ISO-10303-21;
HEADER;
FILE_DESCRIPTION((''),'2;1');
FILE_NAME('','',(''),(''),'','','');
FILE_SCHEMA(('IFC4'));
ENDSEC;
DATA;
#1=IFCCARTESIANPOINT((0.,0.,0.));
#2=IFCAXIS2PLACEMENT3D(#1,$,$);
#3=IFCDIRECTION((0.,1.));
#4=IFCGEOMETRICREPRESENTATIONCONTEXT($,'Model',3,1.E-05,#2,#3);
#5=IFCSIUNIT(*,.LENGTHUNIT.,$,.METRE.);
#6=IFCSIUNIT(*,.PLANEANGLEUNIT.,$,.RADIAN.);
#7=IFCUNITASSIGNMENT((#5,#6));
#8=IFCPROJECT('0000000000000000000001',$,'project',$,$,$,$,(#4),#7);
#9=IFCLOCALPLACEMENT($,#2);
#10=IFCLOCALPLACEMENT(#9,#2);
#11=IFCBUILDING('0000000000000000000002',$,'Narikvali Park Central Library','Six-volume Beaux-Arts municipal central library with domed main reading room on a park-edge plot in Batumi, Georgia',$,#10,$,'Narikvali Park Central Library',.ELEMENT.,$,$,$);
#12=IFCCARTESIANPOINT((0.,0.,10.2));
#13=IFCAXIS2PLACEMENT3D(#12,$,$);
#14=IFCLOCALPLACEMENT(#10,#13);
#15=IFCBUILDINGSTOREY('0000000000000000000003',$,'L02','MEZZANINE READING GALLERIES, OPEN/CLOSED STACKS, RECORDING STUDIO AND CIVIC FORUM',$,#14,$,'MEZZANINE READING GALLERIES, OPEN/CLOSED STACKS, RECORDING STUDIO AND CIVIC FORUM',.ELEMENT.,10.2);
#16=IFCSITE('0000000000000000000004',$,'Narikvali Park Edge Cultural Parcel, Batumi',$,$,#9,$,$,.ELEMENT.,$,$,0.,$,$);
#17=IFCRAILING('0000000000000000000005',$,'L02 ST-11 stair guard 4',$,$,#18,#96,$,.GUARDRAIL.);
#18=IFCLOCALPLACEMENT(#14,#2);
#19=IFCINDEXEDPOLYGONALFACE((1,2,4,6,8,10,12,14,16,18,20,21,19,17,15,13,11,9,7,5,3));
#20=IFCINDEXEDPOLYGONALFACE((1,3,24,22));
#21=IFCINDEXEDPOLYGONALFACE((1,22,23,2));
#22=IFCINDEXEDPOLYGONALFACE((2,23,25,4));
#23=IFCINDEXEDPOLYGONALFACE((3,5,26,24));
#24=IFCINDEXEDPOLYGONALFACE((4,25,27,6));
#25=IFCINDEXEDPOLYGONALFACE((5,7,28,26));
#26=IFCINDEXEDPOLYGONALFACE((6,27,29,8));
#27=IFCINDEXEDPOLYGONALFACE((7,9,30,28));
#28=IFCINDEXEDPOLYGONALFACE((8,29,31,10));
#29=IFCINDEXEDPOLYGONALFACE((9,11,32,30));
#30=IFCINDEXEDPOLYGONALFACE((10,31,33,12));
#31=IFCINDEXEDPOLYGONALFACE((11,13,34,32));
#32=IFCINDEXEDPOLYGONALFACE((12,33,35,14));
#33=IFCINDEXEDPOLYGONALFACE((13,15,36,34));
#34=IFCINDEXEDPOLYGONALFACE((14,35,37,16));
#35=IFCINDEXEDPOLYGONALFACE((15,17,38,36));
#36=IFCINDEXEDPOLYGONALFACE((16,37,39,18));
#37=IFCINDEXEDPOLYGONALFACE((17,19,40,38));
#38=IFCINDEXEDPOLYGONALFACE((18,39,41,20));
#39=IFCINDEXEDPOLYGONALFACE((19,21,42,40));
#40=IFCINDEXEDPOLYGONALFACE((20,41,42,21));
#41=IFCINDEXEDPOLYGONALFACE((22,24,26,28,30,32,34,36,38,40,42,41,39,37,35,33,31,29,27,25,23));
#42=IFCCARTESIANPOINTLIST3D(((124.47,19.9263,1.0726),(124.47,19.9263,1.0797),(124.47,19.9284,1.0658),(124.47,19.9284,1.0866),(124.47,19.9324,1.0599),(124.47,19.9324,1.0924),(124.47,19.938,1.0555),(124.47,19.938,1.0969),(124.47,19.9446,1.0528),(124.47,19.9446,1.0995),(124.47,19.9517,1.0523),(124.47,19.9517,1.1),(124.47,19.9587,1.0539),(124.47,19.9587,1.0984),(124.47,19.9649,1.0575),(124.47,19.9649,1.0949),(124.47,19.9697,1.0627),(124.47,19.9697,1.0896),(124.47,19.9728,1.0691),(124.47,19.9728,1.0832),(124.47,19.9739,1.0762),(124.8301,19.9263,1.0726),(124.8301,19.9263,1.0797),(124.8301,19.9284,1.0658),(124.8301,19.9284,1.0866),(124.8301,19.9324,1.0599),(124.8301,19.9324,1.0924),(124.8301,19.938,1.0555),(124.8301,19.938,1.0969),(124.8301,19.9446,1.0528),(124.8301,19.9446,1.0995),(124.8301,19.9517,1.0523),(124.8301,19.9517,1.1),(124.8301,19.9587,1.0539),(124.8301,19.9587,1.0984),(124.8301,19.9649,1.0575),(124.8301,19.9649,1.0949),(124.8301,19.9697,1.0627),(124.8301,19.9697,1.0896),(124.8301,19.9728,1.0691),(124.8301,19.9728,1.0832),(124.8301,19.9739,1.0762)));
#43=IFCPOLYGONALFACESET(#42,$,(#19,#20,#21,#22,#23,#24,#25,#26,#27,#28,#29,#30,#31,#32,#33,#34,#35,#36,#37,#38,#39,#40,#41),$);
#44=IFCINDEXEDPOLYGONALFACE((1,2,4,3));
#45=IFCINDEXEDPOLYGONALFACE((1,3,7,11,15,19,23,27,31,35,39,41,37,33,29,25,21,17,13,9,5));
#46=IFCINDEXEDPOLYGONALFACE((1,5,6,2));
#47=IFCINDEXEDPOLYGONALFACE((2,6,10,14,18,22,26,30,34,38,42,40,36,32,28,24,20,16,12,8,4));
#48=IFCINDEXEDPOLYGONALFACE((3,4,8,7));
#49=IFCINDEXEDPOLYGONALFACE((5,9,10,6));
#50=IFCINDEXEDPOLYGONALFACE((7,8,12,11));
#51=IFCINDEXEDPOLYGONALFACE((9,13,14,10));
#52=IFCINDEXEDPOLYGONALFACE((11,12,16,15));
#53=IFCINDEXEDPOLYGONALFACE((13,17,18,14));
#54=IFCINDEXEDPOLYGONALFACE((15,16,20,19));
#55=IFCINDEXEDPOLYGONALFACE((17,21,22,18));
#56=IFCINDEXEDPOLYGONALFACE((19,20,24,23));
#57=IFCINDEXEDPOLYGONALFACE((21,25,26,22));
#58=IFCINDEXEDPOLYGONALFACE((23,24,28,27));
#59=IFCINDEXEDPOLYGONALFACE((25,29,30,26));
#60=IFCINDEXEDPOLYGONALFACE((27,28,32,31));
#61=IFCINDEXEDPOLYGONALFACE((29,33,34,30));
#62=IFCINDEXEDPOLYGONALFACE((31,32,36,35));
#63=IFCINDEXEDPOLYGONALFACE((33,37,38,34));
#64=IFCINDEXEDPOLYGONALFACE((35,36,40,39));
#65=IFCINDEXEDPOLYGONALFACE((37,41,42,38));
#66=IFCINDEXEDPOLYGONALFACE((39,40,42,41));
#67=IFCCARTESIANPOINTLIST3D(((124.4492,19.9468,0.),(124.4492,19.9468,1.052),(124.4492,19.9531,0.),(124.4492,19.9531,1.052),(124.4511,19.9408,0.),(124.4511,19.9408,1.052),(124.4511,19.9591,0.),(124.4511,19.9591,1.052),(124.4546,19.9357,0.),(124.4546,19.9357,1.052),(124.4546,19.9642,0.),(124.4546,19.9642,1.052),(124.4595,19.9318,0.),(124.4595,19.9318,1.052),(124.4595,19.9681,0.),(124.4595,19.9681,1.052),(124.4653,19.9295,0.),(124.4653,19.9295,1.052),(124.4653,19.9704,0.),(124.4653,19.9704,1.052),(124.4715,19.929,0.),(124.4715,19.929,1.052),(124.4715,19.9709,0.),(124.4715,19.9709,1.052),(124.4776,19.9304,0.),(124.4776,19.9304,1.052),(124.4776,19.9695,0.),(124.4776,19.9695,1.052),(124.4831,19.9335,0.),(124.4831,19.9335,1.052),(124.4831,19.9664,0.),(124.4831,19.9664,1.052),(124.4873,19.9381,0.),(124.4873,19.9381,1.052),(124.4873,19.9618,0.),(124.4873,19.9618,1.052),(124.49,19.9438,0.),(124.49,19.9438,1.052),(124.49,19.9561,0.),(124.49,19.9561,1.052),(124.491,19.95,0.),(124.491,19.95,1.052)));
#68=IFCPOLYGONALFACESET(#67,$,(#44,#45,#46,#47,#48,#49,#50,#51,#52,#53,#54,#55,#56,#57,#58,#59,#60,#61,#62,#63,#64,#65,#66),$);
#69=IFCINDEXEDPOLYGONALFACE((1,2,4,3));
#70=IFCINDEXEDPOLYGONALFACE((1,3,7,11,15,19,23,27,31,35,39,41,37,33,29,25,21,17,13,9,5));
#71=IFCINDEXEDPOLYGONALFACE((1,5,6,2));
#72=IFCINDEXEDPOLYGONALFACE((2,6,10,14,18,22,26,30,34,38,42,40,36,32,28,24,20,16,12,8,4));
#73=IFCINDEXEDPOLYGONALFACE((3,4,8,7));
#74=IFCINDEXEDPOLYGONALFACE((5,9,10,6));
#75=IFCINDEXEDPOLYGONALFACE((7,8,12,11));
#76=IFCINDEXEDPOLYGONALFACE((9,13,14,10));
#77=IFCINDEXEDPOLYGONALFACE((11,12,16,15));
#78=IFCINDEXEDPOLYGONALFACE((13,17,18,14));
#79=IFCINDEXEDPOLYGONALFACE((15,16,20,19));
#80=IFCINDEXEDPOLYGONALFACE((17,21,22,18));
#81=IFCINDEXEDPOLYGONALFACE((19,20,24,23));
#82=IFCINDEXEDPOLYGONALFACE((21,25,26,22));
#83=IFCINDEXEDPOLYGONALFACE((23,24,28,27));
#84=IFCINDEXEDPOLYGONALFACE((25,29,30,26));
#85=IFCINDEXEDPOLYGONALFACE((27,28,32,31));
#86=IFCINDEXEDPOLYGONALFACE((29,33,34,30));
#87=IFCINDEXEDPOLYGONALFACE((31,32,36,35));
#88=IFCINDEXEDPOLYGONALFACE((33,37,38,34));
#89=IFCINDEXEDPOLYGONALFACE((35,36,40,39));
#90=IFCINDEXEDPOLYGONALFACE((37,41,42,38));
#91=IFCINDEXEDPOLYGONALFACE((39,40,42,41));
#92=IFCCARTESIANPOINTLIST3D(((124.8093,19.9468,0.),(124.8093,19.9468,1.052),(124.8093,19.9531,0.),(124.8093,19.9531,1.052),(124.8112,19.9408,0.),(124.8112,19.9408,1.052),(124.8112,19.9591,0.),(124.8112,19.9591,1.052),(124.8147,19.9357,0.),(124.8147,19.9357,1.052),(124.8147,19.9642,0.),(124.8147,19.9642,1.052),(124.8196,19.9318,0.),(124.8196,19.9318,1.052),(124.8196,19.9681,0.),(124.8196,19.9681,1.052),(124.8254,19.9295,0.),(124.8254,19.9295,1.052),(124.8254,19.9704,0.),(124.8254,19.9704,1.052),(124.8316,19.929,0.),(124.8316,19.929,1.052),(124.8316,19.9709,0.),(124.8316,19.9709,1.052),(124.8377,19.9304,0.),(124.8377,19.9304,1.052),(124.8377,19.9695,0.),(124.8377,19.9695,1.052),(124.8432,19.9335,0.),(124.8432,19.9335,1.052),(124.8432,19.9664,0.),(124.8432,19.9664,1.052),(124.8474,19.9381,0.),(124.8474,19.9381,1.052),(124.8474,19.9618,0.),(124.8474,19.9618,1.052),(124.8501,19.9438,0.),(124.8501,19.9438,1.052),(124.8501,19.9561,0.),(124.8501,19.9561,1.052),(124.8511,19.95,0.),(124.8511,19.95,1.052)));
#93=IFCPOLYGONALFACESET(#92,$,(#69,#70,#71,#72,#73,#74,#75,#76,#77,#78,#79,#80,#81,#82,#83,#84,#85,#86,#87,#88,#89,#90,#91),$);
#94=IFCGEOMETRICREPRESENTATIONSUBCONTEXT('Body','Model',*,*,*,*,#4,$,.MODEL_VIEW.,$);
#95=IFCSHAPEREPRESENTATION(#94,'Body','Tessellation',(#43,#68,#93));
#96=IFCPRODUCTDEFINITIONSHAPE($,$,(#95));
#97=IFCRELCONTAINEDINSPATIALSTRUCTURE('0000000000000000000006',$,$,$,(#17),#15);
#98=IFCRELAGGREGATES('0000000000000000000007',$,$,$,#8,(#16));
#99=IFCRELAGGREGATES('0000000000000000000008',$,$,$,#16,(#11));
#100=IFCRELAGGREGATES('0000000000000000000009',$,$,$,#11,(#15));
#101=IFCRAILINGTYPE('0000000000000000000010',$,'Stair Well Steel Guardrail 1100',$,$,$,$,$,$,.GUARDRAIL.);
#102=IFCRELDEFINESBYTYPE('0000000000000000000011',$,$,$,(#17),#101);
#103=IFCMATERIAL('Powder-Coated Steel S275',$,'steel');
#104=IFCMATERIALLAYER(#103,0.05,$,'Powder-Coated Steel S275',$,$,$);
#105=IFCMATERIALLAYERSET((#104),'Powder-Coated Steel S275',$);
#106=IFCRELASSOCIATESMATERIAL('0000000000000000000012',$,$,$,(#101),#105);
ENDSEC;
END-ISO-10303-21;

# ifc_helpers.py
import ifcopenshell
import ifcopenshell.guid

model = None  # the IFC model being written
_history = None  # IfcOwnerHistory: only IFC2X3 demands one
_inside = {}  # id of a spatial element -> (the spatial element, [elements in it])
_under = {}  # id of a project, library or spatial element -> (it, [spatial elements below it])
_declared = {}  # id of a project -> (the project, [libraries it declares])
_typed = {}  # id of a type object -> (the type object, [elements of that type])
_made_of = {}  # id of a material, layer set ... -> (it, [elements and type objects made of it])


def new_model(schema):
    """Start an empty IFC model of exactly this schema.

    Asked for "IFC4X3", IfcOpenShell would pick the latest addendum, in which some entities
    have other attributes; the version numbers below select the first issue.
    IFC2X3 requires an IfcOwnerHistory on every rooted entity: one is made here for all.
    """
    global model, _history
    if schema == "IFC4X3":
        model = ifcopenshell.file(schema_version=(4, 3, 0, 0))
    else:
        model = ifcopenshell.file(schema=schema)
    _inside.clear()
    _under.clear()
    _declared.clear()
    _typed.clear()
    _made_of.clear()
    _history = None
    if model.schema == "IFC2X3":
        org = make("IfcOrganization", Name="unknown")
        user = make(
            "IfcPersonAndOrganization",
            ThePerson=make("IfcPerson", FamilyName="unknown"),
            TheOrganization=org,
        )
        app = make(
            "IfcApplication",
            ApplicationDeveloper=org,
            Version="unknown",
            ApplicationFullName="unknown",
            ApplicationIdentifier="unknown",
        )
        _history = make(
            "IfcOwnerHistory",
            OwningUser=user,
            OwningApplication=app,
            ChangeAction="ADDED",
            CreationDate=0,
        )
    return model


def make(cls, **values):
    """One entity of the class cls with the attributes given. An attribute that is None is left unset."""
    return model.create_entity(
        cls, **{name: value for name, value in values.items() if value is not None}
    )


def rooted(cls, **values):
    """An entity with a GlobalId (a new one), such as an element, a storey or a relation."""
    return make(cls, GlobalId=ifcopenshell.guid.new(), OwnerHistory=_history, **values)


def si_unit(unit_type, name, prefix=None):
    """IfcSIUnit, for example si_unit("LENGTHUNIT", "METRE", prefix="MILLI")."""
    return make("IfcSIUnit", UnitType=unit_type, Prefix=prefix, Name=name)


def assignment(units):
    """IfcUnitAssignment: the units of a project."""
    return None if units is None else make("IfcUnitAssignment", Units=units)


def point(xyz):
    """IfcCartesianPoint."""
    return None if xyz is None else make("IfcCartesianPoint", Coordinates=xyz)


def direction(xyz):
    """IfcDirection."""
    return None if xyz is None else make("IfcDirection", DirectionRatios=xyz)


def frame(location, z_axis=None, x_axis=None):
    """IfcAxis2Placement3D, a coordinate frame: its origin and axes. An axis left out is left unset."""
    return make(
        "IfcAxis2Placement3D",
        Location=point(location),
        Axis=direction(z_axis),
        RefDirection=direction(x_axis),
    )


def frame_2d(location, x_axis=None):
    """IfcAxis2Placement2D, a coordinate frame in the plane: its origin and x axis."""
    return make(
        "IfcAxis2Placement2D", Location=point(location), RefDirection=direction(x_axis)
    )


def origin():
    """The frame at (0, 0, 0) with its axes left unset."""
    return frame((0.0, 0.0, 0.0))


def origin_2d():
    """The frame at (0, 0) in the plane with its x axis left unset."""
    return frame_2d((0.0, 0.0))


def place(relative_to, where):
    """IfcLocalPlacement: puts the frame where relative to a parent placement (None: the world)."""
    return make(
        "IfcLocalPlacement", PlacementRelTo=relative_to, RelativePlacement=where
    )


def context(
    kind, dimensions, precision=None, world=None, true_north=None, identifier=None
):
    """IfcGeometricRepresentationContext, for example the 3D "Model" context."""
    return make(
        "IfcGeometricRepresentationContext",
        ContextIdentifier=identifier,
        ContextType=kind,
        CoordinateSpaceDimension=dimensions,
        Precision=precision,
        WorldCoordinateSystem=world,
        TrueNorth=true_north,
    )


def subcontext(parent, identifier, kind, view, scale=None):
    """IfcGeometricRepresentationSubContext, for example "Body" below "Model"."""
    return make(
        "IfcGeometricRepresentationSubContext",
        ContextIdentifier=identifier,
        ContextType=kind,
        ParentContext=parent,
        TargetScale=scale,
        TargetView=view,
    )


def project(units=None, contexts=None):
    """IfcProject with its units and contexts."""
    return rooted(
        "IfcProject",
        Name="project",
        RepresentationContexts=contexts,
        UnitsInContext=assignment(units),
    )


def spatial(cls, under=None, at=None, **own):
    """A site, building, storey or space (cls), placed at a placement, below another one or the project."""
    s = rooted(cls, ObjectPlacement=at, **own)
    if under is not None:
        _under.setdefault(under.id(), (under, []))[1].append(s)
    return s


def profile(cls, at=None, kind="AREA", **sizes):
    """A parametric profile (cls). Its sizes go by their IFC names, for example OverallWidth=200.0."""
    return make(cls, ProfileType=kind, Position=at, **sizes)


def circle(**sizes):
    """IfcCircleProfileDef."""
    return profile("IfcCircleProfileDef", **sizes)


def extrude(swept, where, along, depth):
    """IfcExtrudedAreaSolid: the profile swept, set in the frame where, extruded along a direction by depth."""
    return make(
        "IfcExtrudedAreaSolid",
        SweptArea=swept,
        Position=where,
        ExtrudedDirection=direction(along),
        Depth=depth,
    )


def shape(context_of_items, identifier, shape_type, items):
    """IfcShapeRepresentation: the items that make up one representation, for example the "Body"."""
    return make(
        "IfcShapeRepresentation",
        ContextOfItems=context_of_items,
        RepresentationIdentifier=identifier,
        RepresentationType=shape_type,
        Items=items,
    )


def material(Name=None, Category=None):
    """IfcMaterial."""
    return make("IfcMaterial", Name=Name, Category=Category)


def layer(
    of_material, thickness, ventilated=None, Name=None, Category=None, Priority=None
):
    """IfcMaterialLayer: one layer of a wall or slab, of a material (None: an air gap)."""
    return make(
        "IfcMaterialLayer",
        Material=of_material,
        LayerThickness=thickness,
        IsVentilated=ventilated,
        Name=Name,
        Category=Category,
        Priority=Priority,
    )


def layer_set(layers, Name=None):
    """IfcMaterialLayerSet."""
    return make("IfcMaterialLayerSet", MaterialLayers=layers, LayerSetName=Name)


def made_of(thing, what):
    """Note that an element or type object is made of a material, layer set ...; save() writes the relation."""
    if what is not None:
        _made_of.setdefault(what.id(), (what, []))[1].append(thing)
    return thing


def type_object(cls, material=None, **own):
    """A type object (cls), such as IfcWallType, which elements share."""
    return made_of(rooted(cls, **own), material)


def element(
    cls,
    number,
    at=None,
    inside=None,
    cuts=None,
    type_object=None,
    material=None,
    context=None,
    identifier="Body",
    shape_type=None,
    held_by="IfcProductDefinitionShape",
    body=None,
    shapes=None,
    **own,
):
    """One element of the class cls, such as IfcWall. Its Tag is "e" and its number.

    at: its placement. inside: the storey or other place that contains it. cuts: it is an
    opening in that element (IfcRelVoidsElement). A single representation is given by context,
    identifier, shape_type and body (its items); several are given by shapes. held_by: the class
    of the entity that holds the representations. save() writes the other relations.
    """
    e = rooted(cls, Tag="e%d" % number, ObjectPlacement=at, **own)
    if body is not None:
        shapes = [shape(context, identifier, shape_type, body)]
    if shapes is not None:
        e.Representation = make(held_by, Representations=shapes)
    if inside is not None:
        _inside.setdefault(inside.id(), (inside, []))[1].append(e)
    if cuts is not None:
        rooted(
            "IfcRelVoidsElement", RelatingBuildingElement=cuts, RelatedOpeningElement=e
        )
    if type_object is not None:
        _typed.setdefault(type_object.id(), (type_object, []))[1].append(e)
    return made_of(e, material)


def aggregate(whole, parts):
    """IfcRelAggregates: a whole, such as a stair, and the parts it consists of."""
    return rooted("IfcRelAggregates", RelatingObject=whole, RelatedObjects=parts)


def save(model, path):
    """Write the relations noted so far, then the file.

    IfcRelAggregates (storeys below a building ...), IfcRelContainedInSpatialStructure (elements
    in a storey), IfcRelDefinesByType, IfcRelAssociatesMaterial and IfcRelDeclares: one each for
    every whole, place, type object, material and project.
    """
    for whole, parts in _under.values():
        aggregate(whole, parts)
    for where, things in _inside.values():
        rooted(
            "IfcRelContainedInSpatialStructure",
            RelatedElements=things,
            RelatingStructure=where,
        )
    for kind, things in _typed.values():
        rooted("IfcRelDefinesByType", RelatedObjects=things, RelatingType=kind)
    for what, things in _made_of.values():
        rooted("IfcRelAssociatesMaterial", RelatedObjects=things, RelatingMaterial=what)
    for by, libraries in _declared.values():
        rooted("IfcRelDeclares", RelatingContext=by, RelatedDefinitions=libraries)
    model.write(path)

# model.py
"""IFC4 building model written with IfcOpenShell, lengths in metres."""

from ifc_helpers import new_model, si_unit, direction, frame, origin, origin_2d, place, context, subcontext, project, spatial, circle, extrude, material, layer, layer_set, type_object, element, save


model = new_model("IFC4")

# Units and contexts
model_context = context("Model", 3, precision=1e-05, world=origin(), true_north=direction((0.0, 1.0)))
body_context = subcontext(model_context, "Body", "Model", "MODEL_VIEW")
ifc_project = project(units=[si_unit("LENGTHUNIT", "METRE"), si_unit("PLANEANGLEUNIT", "RADIAN")], contexts=[model_context])

# Site, building, storey
site_placement = place(None, origin())
site = spatial("IfcSite", under=ifc_project, at=site_placement, Name="Narikvali Park Edge Cultural Parcel, Batumi", CompositionType="ELEMENT", RefElevation=0.0)
building_placement = place(site_placement, origin())
building = spatial("IfcBuilding", under=site, at=building_placement, Name="Narikvali Park Central Library", Description="Six-volume Beaux-Arts municipal central library with domed main reading room on a park-edge plot in Batumi, Georgia", LongName="Narikvali Park Central Library", CompositionType="ELEMENT")
storey_placement = place(building_placement, frame((0.0, 0.0, 10.2)))
storey = spatial("IfcBuildingStorey", under=building, at=storey_placement, Name="L02", Description="MEZZANINE READING GALLERIES, OPEN/CLOSED STACKS, RECORDING STUDIO AND CIVIC FORUM", LongName="MEZZANINE READING GALLERIES, OPEN/CLOSED STACKS, RECORDING STUDIO AND CIVIC FORUM", CompositionType="ELEMENT", Elevation=10.2)

# Railing
ifc_material_1 = material(Name="Powder-Coated Steel S275", Category="steel")
ifc_layer_1 = layer(ifc_material_1, 0.05, Name="Powder-Coated Steel S275")
ifc_layer_set_1 = layer_set([ifc_layer_1], Name="Powder-Coated Steel S275")
railing_type_1 = type_object("IfcRailingType", Name="Stair Well Steel Guardrail 1100", PredefinedType="GUARDRAIL", material=ifc_layer_set_1)
railing_1_placement = place(storey_placement, frame((124.47, 19.95, 0.0)))
element("IfcRailing", 1, at=railing_1_placement, inside=storey, type_object=railing_type_1, Name="L02 ST-11 stair guard 4", PredefinedType="GUARDRAIL", context=body_context, shape_type="SweptSolid", body=[
    extrude(circle(Radius=0.0239, at=origin_2d()), frame((0.0, 0.0, 1.0762), z_axis=(1.0, 0.0, 0.0), x_axis=(0.0, 1.0, 0.0)), (0.0, 0.0, 1.0), 0.3601),
    extrude(circle(Radius=0.021, at=origin_2d()), origin(), (0.0, 0.0, 1.0), 1.052),
    extrude(circle(Radius=0.021, at=origin_2d()), frame((0.3601, 0.0, 0.0)), (0.0, 0.0, 1.0), 1.052),
])

save(model, "model.ifc")
